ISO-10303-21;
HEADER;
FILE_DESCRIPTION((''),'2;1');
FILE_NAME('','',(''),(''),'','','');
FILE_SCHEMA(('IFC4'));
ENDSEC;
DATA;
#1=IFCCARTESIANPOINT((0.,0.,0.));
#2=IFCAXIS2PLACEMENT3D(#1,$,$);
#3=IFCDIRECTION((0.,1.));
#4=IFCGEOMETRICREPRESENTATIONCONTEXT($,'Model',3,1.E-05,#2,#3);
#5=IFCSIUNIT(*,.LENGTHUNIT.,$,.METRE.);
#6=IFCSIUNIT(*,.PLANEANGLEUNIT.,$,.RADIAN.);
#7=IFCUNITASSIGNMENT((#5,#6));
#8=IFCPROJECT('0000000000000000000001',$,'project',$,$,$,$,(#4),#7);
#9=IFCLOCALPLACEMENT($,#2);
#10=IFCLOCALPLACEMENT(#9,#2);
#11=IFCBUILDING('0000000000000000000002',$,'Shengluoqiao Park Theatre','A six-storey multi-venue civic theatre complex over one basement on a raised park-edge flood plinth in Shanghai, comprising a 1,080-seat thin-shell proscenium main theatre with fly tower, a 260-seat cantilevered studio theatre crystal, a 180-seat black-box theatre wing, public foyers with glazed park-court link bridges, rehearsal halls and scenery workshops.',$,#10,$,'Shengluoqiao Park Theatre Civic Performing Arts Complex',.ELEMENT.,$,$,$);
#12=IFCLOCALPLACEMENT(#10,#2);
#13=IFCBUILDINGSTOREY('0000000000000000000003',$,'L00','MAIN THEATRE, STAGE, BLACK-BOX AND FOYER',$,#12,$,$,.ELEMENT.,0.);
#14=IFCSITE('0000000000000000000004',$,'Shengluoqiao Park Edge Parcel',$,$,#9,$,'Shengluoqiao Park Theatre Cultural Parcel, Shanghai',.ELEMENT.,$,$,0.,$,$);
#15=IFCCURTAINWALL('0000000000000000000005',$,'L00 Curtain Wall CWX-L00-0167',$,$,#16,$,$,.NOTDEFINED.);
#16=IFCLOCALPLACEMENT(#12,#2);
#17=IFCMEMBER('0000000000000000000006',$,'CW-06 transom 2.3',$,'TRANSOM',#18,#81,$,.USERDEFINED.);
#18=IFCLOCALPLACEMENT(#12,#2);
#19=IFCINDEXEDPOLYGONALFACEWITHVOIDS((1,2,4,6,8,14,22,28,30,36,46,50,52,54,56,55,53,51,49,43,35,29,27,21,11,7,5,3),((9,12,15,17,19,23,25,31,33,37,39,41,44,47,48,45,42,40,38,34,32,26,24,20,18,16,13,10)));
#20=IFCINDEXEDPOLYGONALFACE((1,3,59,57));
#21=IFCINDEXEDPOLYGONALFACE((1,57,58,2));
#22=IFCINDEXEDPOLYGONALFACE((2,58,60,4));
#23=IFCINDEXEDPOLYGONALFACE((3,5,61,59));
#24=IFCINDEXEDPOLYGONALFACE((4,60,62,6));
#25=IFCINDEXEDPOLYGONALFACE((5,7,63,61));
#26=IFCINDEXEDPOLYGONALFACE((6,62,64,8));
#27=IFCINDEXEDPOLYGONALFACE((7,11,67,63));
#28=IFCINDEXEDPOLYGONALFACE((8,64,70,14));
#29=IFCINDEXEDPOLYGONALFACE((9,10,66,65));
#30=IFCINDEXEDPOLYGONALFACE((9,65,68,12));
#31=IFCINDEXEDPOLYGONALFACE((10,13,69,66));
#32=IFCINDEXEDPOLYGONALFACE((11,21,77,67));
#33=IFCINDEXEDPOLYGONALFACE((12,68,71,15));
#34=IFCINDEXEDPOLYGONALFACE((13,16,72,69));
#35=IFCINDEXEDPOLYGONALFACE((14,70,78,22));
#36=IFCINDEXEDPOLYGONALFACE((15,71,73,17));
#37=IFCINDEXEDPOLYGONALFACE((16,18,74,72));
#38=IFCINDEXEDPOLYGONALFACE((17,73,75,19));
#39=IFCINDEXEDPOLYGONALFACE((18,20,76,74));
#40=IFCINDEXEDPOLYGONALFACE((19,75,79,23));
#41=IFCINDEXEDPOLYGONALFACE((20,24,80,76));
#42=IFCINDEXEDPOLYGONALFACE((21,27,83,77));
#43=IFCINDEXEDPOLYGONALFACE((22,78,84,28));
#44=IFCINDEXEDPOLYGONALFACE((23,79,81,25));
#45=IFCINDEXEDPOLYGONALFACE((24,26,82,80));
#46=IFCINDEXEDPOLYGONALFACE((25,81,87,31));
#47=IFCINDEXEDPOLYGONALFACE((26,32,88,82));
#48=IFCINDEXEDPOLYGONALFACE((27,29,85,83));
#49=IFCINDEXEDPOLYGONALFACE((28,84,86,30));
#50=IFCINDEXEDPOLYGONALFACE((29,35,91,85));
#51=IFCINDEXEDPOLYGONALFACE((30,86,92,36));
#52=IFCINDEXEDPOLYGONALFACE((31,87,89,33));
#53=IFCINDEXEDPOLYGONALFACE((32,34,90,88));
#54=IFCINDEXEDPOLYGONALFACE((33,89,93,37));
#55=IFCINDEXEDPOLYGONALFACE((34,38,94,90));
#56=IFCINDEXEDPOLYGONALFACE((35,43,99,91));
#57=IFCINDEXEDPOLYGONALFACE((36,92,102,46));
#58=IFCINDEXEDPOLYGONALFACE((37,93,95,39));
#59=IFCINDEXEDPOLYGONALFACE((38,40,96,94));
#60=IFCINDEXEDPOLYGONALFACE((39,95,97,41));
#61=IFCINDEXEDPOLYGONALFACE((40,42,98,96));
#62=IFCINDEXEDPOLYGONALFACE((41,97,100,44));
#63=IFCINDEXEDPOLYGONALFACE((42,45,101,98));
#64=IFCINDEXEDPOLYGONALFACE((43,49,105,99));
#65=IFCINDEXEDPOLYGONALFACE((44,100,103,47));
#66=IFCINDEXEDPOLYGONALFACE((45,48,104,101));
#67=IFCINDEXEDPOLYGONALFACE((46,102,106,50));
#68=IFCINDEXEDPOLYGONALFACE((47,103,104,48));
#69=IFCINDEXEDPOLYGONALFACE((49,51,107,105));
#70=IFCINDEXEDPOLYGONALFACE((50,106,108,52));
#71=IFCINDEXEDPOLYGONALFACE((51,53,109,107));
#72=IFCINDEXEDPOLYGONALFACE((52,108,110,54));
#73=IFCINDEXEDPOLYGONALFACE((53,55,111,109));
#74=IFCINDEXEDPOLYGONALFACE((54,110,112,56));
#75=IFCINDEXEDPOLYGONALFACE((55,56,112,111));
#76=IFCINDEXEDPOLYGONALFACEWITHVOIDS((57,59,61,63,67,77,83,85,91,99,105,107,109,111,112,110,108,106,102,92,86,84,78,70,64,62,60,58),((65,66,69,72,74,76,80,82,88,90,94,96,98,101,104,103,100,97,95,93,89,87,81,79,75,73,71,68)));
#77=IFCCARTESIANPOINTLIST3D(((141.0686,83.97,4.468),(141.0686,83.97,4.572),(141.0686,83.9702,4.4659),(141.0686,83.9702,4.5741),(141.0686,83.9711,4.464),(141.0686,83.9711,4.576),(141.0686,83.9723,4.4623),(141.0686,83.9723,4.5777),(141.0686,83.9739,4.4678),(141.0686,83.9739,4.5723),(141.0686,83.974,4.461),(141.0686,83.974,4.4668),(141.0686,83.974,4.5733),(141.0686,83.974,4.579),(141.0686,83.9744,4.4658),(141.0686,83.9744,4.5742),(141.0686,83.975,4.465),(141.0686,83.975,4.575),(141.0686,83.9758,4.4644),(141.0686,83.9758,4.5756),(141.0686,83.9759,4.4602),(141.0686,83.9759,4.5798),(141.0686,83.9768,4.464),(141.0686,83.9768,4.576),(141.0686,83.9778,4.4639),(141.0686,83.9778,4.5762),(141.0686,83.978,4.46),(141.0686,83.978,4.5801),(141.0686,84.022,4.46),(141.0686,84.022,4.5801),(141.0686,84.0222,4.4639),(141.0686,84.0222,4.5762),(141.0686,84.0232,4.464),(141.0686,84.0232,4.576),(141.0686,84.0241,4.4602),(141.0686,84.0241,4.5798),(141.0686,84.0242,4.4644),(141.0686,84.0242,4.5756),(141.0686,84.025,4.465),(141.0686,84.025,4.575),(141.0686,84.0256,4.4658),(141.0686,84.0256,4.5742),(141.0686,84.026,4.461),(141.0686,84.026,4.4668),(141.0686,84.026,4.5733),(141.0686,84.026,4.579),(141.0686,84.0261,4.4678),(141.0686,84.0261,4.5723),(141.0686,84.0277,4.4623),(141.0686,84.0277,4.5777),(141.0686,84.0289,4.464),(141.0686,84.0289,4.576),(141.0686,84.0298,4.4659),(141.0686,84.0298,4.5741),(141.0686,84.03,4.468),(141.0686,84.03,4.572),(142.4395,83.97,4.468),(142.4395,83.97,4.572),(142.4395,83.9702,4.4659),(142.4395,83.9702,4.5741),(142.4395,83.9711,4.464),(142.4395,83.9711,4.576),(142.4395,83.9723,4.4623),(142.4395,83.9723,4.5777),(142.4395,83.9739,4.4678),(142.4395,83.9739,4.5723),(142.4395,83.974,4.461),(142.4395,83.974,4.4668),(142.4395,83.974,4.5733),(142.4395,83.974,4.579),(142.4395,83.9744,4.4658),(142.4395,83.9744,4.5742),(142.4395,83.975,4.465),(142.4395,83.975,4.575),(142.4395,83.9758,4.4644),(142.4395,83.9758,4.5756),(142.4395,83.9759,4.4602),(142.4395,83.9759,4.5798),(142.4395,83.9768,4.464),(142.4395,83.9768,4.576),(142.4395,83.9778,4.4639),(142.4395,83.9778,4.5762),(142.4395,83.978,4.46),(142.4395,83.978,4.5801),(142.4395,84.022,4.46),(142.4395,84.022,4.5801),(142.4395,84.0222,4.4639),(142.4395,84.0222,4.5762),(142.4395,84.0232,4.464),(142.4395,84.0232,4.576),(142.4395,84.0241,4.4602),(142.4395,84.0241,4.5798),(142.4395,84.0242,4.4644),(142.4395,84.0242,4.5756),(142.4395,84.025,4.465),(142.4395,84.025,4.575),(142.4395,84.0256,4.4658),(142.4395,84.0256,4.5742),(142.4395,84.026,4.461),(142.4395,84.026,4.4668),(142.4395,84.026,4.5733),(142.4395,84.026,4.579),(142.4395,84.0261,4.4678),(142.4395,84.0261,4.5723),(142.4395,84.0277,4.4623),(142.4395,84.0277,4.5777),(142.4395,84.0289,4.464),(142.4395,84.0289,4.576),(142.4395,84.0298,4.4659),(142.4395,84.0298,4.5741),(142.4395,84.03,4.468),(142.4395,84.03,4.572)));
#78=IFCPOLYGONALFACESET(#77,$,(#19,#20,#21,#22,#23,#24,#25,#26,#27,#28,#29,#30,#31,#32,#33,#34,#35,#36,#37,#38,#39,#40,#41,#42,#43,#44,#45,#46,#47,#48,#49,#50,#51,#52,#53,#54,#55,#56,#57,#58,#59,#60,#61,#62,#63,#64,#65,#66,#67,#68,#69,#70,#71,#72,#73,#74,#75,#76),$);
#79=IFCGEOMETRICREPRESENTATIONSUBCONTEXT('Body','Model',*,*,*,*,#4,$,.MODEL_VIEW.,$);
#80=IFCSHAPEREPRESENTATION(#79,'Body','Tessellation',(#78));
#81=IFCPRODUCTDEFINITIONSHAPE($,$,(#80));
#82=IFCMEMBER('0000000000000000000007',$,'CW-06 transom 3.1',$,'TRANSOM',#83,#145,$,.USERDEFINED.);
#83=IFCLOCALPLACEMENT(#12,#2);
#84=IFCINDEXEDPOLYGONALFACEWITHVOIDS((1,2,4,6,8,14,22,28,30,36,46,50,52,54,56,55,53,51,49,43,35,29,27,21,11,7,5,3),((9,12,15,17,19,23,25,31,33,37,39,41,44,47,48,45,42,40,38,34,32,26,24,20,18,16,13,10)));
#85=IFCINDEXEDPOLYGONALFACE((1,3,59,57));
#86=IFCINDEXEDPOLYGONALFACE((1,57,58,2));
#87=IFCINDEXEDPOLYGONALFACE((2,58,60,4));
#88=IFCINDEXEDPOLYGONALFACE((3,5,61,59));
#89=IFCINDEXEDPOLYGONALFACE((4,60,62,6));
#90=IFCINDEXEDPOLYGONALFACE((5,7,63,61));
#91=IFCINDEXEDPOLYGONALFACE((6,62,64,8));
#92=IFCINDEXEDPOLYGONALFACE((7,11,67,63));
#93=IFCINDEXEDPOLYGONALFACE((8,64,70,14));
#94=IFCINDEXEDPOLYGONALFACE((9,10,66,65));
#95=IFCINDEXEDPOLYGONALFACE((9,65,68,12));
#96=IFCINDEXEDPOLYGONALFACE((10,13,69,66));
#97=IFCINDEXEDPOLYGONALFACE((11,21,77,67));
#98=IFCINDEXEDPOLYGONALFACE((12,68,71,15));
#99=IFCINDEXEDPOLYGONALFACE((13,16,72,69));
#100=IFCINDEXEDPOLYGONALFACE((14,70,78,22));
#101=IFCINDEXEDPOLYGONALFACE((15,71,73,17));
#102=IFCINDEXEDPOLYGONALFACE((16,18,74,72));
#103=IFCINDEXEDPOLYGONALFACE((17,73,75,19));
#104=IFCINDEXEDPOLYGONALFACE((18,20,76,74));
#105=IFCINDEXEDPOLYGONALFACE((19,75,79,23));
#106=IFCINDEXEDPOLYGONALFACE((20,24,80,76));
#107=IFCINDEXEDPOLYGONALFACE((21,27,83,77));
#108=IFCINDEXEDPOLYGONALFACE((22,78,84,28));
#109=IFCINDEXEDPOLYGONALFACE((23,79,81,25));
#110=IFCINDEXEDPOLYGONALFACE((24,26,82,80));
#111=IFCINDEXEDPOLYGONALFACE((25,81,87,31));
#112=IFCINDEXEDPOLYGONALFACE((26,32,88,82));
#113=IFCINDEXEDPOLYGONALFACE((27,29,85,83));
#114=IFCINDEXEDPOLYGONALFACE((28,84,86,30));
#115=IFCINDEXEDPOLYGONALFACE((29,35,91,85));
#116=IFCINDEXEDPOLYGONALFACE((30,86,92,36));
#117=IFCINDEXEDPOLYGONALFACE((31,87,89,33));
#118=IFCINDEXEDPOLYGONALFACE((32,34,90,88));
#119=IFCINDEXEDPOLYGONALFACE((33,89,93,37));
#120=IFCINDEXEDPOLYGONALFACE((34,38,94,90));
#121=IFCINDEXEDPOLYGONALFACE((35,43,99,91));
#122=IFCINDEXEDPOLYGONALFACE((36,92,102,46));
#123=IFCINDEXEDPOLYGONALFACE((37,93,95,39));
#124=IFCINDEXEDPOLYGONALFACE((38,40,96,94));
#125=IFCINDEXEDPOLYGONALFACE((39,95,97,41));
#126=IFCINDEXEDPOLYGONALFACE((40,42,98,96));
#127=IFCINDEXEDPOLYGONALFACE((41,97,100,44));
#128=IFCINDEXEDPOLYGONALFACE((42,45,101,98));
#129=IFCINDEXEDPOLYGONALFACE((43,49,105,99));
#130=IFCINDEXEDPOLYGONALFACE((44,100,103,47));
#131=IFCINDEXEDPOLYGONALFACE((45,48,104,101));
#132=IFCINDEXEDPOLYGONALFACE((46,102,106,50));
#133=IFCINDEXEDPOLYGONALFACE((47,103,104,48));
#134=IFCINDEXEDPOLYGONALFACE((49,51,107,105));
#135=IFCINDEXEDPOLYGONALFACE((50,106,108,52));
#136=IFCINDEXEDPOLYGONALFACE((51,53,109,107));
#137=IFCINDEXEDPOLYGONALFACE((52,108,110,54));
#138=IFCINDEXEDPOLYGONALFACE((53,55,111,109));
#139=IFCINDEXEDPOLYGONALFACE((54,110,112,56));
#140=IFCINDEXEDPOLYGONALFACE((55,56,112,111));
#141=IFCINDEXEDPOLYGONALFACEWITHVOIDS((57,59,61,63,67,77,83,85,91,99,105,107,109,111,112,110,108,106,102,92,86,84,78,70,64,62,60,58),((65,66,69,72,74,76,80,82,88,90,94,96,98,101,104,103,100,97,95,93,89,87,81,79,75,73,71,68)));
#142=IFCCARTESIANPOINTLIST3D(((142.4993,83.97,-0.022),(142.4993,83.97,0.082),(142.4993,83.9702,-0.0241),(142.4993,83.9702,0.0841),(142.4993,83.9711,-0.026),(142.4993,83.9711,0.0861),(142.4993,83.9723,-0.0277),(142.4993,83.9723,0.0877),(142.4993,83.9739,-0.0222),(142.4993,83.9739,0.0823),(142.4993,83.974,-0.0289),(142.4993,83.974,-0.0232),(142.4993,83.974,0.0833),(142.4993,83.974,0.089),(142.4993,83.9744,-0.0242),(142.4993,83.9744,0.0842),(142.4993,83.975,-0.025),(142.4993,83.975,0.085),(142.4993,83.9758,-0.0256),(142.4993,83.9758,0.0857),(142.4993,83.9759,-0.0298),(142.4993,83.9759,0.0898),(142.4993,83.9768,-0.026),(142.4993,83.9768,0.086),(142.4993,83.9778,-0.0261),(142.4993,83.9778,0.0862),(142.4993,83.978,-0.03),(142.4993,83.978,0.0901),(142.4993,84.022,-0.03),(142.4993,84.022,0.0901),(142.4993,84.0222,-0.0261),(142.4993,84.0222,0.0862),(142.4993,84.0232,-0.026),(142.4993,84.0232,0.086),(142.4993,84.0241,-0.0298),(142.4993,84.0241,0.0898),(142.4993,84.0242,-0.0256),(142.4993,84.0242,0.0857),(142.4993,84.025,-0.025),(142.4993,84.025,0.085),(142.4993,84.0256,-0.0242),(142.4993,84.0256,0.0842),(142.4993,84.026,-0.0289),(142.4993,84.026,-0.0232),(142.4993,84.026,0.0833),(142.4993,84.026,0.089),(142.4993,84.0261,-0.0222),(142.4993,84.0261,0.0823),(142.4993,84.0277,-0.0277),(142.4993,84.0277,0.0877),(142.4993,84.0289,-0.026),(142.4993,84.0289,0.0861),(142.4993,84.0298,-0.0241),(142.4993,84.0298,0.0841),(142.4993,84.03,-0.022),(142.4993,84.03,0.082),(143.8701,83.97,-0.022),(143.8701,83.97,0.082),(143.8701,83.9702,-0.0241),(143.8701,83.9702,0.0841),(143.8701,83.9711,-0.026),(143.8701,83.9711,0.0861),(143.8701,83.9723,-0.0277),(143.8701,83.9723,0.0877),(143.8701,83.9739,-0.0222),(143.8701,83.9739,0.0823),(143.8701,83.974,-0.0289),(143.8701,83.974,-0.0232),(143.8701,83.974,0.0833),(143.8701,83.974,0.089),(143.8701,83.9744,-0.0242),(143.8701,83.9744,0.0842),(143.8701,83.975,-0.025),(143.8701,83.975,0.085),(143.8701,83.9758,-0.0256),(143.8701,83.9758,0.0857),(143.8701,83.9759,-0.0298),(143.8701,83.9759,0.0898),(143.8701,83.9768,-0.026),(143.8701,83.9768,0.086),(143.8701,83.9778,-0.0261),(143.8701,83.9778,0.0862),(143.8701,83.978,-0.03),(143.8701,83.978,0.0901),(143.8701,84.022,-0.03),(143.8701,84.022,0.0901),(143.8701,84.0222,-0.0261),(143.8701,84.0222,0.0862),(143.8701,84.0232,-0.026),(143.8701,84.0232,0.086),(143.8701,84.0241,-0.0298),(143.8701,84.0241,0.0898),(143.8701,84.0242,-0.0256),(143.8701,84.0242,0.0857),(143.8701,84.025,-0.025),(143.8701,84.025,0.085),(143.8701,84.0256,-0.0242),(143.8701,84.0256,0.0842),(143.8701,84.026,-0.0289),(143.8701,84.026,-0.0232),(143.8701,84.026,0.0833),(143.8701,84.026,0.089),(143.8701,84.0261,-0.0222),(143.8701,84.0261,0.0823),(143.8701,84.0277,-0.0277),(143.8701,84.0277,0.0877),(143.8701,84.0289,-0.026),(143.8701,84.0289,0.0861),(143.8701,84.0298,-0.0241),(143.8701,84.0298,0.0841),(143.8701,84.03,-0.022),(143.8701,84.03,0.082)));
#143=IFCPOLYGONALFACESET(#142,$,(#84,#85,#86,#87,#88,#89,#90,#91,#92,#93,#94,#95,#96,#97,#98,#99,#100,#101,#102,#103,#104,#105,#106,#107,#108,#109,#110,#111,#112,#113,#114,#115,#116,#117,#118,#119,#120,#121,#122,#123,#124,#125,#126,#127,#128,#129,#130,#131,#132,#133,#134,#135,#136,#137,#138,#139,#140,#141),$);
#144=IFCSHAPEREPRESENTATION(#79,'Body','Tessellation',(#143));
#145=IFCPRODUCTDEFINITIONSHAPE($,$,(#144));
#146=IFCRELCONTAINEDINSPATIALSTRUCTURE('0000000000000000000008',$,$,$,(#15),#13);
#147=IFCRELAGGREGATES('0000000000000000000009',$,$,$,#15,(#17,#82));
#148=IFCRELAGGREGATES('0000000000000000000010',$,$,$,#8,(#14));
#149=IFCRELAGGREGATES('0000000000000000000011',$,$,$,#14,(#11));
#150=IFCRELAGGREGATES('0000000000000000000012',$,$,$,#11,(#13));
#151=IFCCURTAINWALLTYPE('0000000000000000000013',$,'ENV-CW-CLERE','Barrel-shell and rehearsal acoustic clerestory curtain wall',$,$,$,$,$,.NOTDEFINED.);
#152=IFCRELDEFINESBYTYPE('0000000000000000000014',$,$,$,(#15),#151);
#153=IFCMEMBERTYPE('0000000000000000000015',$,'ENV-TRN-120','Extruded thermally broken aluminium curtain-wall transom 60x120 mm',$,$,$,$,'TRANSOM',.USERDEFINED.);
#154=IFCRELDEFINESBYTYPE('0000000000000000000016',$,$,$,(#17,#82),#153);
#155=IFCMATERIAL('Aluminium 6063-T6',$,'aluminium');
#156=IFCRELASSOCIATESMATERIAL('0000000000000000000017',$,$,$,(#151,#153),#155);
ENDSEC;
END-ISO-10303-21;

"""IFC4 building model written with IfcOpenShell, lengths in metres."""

from ifc_helpers import new_model, si_unit, direction, frame, origin, origin_2d, place, context, subcontext, project, spatial, hollow_rectangle, extrude, material, material_profile, profile_set, type_object, element, aggregate, save


model = new_model("IFC4")

# Units and contexts
model_context = context("Model", 3, precision=1e-05, world=origin(), true_north=direction((0.0, 1.0)))
body_context = subcontext(model_context, "Body", "Model", "MODEL_VIEW")
ifc_project = project(units=[si_unit("LENGTHUNIT", "METRE"), si_unit("PLANEANGLEUNIT", "RADIAN")], contexts=[model_context])

# Site, building, storey
site_placement = place(None, origin())
site = spatial("IfcSite", under=ifc_project, at=site_placement, Name="Shengluoqiao Park Edge Parcel", LongName="Shengluoqiao Park Theatre Cultural Parcel, Shanghai", CompositionType="ELEMENT", RefElevation=0.0)
building_placement = place(site_placement, origin())
building = spatial("IfcBuilding", under=site, at=building_placement, Name="Shengluoqiao Park Theatre", Description="A six-storey multi-venue civic theatre complex over one basement on a raised park-edge flood plinth in Shanghai, comprising a 1,080-seat thin-shell proscenium main theatre with fly tower, a 260-seat cantilevered studio theatre crystal, a 180-seat black-box theatre wing, public foyers with glazed park-court link bridges, rehearsal halls and scenery workshops.", LongName="Shengluoqiao Park Theatre Civic Performing Arts Complex", CompositionType="ELEMENT")
storey_placement = place(building_placement, origin())
storey = spatial("IfcBuildingStorey", under=building, at=storey_placement, Name="L00", Description="MAIN THEATRE, STAGE, BLACK-BOX AND FOYER", CompositionType="ELEMENT", Elevation=0.0)

# Curtain wall, members
ifc_material_1 = material(Name="Aluminium 6063-T6", Category="aluminium")
curtain_wall_type = type_object("IfcCurtainWallType", Name="ENV-CW-CLERE", Description="Barrel-shell and rehearsal acoustic clerestory curtain wall", PredefinedType="NOTDEFINED", material=ifc_material_1)
curtain_wall_placement = place(storey_placement, origin())
curtain_wall = element("IfcCurtainWall", 1, at=curtain_wall_placement, inside=storey, type_object=curtain_wall_type, Name="L00 Curtain Wall CWX-L00-0167", PredefinedType="NOTDEFINED")
ifc_material_profile_1 = material_profile(ifc_material_1, hollow_rectangle(XDim=0.0601, YDim=0.1201, WallThickness=0.0039, InnerFilletRadius=0.0039, OuterFilletRadius=0.0081, at=origin_2d()), Name="ALU TRANSOM 120x60x4")
ifc_profile_set_1 = profile_set([ifc_material_profile_1], Name="Aluminium 6063-T6")
member_type_1 = type_object("IfcMemberType", Name="ENV-TRN-120", Description="Extruded thermally broken aluminium curtain-wall transom 60x120 mm", ElementType="TRANSOM", PredefinedType="USERDEFINED", material=ifc_profile_set_1)
member_1_placement = place(storey_placement, frame((141.0686, 84.0, 4.52), z_axis=(1.0, 0.0, 0.0), x_axis=(0.0, 1.0, 0.0)))
member_1 = element("IfcMember", 2, at=member_1_placement, type_object=member_type_1, Name="CW-06 transom 2.3", ObjectType="TRANSOM", PredefinedType="USERDEFINED", context=body_context, shape_type="SweptSolid", body=[
    extrude(hollow_rectangle(XDim=0.0601, YDim=0.1201, WallThickness=0.0039, InnerFilletRadius=0.0039, OuterFilletRadius=0.0081, at=origin_2d()), origin(), (0.0, 0.0, 1.0), 1.3708),
])
member_2_placement = place(storey_placement, frame((142.4993, 84.0, 0.03), z_axis=(1.0, 0.0, 0.0), x_axis=(0.0, 1.0, 0.0)))
member_2 = element("IfcMember", 3, at=member_2_placement, type_object=member_type_1, Name="CW-06 transom 3.1", ObjectType="TRANSOM", PredefinedType="USERDEFINED", context=body_context, shape_type="SweptSolid", body=[
    extrude(hollow_rectangle(XDim=0.0601, YDim=0.1201, WallThickness=0.0039, InnerFilletRadius=0.0039, OuterFilletRadius=0.0081, at=origin_2d()), origin(), (0.0, 0.0, 1.0), 1.3708),
])
aggregate(curtain_wall, [member_1, member_2])

save(model, "model.ifc")
